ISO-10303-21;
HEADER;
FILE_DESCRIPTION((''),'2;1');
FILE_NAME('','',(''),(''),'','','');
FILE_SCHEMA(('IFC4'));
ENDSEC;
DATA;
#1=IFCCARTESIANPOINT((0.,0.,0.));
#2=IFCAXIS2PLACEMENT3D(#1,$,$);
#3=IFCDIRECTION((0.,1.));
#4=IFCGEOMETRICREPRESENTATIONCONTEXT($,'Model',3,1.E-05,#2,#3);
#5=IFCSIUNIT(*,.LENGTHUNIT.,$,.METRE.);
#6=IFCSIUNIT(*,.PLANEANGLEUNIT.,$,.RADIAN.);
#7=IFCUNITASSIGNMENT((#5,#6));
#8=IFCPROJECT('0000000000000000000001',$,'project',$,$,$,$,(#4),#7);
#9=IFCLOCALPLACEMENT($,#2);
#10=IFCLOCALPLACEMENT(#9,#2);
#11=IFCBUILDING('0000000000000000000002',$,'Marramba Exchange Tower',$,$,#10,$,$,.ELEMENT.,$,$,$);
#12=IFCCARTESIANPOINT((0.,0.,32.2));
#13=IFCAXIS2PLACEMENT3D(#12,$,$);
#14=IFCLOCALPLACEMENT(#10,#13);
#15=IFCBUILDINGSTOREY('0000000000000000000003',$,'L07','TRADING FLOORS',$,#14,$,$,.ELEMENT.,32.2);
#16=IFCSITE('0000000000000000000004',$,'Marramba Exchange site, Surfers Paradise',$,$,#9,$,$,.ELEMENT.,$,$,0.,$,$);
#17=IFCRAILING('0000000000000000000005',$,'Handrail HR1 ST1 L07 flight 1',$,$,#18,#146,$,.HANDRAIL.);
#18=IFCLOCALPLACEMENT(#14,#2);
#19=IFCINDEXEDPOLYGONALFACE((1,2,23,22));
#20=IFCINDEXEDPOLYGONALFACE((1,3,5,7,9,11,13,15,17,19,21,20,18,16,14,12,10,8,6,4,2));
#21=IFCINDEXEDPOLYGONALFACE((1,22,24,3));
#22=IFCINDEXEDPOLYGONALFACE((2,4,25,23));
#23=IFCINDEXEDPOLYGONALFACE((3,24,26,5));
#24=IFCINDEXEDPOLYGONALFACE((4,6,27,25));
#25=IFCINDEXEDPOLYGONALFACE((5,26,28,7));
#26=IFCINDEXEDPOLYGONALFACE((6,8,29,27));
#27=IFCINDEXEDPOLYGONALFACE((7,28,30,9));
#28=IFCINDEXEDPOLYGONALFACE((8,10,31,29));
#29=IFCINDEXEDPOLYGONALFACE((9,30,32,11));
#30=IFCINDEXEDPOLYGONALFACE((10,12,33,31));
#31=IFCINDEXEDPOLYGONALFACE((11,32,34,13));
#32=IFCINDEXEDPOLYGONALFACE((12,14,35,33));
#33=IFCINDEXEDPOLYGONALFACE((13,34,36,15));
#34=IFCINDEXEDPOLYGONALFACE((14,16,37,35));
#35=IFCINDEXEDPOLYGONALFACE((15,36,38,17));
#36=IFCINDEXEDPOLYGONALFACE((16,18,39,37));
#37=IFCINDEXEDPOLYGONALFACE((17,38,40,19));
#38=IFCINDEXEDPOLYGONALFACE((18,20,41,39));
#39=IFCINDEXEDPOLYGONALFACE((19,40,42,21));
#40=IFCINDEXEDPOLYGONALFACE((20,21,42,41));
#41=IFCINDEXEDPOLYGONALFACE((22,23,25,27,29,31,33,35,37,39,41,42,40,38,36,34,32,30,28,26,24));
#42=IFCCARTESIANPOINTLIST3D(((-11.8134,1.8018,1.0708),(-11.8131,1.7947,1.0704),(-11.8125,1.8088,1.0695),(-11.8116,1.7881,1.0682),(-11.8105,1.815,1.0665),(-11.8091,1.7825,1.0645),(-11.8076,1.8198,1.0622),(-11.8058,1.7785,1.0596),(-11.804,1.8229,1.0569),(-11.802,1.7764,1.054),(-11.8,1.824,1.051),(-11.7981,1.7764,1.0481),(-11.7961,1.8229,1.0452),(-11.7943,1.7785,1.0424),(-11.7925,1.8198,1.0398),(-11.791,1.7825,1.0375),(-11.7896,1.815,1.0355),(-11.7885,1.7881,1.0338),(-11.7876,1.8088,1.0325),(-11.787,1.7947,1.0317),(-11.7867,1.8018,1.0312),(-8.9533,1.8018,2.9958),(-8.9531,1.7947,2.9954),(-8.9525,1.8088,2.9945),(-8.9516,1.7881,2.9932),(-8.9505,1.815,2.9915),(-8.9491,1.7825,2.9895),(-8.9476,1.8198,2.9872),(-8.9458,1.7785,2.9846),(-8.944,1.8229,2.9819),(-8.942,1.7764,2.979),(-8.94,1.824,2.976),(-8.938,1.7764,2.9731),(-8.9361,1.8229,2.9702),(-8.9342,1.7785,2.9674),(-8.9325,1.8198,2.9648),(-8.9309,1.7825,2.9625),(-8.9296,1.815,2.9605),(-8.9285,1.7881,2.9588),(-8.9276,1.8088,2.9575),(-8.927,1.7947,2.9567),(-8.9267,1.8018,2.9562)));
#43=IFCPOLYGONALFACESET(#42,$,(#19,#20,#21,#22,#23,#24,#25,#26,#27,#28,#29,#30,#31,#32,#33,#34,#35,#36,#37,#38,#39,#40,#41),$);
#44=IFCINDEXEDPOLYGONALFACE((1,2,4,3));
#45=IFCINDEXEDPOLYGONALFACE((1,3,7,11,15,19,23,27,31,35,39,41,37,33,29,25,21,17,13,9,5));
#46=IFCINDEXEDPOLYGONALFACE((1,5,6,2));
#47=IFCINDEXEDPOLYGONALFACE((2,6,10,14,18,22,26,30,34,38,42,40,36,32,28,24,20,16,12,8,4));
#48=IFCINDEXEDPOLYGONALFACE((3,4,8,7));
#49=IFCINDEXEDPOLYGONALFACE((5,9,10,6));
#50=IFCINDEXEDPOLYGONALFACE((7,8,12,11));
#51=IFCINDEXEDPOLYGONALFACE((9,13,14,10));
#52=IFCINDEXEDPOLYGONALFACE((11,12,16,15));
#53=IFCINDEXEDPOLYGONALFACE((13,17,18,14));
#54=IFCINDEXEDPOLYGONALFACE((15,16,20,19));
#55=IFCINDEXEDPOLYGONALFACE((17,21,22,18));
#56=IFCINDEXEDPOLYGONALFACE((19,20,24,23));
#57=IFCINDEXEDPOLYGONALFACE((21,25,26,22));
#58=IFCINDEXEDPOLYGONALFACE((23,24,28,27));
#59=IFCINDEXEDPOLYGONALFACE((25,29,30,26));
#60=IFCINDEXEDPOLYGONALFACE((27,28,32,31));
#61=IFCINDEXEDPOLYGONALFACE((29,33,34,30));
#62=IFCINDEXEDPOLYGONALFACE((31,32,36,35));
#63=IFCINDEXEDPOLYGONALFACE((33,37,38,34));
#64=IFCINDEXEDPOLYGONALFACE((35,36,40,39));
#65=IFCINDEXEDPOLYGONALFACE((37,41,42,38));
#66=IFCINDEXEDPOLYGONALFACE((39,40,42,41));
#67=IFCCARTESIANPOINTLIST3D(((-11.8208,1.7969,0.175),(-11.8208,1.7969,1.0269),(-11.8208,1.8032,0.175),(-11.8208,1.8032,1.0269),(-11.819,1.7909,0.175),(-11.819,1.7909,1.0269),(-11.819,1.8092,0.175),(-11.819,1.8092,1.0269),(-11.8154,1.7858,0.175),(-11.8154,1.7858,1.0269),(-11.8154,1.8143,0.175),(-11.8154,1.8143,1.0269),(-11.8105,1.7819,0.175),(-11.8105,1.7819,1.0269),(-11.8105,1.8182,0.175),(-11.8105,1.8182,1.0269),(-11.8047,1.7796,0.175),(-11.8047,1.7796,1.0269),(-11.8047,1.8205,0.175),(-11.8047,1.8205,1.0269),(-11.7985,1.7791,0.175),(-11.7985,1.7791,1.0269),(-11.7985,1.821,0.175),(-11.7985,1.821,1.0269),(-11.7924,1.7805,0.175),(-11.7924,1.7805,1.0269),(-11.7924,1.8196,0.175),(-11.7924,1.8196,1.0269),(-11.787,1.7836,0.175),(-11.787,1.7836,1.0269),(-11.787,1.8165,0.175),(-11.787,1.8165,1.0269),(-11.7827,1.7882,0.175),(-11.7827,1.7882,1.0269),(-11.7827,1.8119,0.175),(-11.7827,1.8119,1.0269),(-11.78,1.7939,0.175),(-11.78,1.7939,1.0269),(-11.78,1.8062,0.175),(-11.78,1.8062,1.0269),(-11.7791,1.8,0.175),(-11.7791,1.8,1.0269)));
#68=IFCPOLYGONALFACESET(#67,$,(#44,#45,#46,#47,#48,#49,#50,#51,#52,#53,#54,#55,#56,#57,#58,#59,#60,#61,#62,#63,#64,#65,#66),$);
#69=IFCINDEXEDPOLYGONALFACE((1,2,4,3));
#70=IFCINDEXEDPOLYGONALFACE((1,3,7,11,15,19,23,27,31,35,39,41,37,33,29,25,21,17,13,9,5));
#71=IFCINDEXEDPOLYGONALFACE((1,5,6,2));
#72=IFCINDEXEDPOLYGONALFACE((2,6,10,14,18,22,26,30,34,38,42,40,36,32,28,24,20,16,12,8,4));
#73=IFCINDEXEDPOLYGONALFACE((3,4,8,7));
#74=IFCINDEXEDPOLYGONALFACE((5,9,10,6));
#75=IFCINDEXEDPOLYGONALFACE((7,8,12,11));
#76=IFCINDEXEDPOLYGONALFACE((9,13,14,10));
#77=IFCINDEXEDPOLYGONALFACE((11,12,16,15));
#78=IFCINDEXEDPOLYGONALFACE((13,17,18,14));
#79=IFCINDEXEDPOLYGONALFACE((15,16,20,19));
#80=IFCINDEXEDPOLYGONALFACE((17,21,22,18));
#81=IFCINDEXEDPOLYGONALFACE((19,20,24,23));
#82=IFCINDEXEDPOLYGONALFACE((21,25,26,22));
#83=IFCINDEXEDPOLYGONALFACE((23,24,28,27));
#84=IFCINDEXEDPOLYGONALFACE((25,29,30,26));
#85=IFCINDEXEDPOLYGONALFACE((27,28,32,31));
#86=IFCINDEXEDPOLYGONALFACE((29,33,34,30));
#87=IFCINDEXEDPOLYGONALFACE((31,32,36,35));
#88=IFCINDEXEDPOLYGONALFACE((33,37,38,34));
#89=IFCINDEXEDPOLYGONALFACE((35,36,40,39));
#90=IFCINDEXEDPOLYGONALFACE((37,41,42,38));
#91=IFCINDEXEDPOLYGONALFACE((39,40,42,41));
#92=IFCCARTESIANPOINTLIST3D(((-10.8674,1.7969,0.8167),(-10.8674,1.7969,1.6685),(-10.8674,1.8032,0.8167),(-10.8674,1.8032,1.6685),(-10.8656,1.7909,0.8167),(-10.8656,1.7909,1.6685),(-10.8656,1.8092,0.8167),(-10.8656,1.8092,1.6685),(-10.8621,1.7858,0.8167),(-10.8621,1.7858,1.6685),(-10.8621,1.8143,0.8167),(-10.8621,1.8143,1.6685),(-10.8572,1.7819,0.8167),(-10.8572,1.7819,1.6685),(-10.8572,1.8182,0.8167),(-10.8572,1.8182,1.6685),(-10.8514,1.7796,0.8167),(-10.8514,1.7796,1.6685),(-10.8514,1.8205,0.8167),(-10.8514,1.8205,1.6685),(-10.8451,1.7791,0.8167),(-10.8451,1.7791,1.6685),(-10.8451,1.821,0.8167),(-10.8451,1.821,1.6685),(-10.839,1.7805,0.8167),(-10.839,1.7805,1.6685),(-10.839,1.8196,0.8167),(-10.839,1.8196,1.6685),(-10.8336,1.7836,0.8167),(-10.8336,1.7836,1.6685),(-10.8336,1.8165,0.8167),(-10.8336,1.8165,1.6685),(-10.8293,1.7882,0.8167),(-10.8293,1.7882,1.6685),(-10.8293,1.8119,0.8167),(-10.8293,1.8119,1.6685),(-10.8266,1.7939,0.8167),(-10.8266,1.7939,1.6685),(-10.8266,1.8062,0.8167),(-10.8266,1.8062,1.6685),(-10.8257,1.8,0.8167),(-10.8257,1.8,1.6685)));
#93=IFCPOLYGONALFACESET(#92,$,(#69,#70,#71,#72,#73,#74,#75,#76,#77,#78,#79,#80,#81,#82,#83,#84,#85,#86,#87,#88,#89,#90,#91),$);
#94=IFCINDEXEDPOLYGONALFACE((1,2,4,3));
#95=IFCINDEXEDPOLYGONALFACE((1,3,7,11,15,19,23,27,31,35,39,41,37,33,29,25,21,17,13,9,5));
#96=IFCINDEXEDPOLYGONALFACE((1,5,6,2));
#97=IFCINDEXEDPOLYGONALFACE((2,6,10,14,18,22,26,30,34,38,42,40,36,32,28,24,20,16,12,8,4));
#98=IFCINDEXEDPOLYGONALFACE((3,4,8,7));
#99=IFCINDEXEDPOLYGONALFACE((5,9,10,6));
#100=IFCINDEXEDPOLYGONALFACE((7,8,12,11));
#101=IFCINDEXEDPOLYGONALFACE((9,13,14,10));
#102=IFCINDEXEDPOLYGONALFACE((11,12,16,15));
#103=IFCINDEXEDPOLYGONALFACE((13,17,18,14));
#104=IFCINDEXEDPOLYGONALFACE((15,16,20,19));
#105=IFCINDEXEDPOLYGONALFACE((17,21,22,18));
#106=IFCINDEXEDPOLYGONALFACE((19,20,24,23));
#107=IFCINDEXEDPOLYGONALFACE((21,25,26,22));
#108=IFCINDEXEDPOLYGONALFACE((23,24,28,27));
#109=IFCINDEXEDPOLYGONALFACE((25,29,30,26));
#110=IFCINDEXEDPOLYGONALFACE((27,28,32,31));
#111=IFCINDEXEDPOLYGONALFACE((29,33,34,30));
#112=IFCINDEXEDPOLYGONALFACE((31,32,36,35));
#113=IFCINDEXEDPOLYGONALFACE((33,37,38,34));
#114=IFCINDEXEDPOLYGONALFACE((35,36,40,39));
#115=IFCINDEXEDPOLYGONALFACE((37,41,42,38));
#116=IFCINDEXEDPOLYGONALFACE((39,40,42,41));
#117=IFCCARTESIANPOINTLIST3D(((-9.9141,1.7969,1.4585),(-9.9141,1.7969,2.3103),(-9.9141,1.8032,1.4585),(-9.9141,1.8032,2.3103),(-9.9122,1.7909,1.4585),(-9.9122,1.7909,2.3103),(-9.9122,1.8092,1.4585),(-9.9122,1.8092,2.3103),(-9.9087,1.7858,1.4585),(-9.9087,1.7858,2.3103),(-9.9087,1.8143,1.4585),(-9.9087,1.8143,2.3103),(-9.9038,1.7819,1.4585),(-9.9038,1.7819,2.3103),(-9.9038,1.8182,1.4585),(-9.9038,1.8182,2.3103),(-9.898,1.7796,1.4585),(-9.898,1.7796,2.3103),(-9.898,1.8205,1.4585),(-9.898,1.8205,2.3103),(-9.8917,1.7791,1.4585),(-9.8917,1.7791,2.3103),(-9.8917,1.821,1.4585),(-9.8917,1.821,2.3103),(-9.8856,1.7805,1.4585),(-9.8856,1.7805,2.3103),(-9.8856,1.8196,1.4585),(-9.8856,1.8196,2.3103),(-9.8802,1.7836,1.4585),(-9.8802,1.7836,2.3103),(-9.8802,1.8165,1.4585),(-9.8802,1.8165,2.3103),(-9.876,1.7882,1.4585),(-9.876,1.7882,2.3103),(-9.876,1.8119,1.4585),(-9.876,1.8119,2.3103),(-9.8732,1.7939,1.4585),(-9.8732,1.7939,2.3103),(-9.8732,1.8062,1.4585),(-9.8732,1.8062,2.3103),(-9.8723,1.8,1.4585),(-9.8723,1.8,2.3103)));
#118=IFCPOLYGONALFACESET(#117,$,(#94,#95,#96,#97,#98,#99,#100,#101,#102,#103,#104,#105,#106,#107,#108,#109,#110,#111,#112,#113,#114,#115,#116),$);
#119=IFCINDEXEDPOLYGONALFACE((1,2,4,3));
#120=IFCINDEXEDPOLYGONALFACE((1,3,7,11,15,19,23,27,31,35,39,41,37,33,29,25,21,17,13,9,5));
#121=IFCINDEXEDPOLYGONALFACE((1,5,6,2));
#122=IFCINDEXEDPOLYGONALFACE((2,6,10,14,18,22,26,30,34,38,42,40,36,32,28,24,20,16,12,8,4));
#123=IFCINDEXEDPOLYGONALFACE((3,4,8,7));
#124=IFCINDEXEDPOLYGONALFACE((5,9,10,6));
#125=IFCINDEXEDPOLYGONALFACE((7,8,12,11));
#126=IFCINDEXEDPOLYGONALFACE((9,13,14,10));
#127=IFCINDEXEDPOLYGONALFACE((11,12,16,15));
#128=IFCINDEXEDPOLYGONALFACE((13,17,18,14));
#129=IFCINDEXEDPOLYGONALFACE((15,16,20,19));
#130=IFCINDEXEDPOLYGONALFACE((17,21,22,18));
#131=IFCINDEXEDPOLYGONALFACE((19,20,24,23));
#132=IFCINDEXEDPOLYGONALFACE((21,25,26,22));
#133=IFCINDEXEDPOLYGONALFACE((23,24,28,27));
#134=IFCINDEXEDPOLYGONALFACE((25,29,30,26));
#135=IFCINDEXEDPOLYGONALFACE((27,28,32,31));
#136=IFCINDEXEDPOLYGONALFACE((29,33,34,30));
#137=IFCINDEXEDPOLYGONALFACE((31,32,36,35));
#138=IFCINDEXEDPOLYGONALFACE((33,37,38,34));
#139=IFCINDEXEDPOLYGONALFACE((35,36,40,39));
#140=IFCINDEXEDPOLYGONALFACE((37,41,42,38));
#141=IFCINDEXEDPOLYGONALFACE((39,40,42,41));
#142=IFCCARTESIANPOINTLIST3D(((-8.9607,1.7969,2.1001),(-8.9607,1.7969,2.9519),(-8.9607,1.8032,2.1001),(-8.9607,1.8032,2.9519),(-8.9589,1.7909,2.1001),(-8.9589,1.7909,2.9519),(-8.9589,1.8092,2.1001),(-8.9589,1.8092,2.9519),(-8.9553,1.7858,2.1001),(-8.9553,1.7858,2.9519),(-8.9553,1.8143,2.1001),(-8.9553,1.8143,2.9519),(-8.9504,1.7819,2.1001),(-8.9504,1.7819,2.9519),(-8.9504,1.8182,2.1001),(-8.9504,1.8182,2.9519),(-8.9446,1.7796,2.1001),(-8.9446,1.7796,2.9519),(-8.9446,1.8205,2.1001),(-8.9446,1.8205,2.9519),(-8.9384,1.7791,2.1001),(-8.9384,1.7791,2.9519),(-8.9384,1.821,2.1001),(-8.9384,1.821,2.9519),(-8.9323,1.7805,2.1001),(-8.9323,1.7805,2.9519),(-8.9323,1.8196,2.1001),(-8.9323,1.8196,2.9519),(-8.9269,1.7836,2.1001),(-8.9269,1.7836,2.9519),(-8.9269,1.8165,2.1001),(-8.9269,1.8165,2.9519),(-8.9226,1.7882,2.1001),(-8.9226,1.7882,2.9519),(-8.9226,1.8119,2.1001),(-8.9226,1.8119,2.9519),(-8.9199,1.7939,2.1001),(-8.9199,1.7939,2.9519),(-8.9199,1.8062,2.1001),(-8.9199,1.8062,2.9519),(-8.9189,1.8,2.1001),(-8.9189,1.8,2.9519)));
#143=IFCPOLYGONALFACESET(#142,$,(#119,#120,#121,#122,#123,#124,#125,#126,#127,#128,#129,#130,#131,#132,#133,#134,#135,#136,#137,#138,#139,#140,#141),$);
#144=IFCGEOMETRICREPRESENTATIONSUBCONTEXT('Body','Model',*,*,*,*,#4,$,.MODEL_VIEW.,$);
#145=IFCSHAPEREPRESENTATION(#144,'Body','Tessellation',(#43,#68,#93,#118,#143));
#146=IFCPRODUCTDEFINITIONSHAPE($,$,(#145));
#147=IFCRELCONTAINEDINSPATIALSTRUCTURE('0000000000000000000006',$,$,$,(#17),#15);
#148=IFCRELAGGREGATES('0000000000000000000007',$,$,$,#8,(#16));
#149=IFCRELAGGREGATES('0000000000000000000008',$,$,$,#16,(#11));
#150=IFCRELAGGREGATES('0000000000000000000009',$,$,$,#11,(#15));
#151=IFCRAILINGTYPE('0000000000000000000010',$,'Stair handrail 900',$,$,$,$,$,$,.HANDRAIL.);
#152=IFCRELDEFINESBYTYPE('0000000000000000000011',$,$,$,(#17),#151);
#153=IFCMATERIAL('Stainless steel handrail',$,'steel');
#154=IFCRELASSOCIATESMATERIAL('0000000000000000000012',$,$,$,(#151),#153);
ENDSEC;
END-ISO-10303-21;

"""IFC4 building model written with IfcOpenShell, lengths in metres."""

from ifc_helpers import new_model, si_unit, direction, frame, origin, origin_2d, place, context, subcontext, project, spatial, circle, extrude, material, type_object, element, save


model = new_model("IFC4")

# Units and contexts
model_context = context("Model", 3, precision=1e-05, world=origin(), true_north=direction((0.0, 1.0)))
body_context = subcontext(model_context, "Body", "Model", "MODEL_VIEW")
ifc_project = project(units=[si_unit("LENGTHUNIT", "METRE"), si_unit("PLANEANGLEUNIT", "RADIAN")], contexts=[model_context])

# Site, building, storey
site_placement = place(None, origin())
site = spatial("IfcSite", under=ifc_project, at=site_placement, Name="Marramba Exchange site, Surfers Paradise", CompositionType="ELEMENT", RefElevation=0.0)
building_placement = place(site_placement, origin())
building = spatial("IfcBuilding", under=site, at=building_placement, Name="Marramba Exchange Tower", CompositionType="ELEMENT")
storey_placement = place(building_placement, frame((0.0, 0.0, 32.2)))
storey = spatial("IfcBuildingStorey", under=building, at=storey_placement, Name="L07", Description="TRADING FLOORS", CompositionType="ELEMENT", Elevation=32.2)

# Railing
ifc_material_1 = material(Name="Stainless steel handrail", Category="steel")
railing_type = type_object("IfcRailingType", Name="Stair handrail 900", PredefinedType="HANDRAIL", material=ifc_material_1)
railing_1_placement = place(storey_placement, frame((-11.8, 1.8, 0.175)))
element("IfcRailing", 1, at=railing_1_placement, inside=storey, type_object=railing_type, Name="Handrail HR1 ST1 L07 flight 1", PredefinedType="HANDRAIL", context=body_context, shape_type="SweptSolid", body=[
    extrude(circle(Radius=0.0239, at=origin_2d()), frame((0.0, 0.0, 0.876), z_axis=(0.829591, 0.0, 0.558372), x_axis=(0.0, 1.0, 0.0)), (0.0, 0.0, 1.0), 3.4475),
    extrude(circle(Radius=0.021, at=origin_2d()), origin(), (0.0, 0.0, 1.0), 0.8518),
    extrude(circle(Radius=0.021, at=origin_2d()), frame((0.9534, 0.0, 0.6416)), (0.0, 0.0, 1.0), 0.8518),
    extrude(circle(Radius=0.021, at=origin_2d()), frame((1.9067, 0.0, 1.2834)), (0.0, 0.0, 1.0), 0.8518),
    extrude(circle(Radius=0.021, at=origin_2d()), frame((2.8601, 0.0, 1.925)), (0.0, 0.0, 1.0), 0.8518),
])

save(model, "model.ifc")
